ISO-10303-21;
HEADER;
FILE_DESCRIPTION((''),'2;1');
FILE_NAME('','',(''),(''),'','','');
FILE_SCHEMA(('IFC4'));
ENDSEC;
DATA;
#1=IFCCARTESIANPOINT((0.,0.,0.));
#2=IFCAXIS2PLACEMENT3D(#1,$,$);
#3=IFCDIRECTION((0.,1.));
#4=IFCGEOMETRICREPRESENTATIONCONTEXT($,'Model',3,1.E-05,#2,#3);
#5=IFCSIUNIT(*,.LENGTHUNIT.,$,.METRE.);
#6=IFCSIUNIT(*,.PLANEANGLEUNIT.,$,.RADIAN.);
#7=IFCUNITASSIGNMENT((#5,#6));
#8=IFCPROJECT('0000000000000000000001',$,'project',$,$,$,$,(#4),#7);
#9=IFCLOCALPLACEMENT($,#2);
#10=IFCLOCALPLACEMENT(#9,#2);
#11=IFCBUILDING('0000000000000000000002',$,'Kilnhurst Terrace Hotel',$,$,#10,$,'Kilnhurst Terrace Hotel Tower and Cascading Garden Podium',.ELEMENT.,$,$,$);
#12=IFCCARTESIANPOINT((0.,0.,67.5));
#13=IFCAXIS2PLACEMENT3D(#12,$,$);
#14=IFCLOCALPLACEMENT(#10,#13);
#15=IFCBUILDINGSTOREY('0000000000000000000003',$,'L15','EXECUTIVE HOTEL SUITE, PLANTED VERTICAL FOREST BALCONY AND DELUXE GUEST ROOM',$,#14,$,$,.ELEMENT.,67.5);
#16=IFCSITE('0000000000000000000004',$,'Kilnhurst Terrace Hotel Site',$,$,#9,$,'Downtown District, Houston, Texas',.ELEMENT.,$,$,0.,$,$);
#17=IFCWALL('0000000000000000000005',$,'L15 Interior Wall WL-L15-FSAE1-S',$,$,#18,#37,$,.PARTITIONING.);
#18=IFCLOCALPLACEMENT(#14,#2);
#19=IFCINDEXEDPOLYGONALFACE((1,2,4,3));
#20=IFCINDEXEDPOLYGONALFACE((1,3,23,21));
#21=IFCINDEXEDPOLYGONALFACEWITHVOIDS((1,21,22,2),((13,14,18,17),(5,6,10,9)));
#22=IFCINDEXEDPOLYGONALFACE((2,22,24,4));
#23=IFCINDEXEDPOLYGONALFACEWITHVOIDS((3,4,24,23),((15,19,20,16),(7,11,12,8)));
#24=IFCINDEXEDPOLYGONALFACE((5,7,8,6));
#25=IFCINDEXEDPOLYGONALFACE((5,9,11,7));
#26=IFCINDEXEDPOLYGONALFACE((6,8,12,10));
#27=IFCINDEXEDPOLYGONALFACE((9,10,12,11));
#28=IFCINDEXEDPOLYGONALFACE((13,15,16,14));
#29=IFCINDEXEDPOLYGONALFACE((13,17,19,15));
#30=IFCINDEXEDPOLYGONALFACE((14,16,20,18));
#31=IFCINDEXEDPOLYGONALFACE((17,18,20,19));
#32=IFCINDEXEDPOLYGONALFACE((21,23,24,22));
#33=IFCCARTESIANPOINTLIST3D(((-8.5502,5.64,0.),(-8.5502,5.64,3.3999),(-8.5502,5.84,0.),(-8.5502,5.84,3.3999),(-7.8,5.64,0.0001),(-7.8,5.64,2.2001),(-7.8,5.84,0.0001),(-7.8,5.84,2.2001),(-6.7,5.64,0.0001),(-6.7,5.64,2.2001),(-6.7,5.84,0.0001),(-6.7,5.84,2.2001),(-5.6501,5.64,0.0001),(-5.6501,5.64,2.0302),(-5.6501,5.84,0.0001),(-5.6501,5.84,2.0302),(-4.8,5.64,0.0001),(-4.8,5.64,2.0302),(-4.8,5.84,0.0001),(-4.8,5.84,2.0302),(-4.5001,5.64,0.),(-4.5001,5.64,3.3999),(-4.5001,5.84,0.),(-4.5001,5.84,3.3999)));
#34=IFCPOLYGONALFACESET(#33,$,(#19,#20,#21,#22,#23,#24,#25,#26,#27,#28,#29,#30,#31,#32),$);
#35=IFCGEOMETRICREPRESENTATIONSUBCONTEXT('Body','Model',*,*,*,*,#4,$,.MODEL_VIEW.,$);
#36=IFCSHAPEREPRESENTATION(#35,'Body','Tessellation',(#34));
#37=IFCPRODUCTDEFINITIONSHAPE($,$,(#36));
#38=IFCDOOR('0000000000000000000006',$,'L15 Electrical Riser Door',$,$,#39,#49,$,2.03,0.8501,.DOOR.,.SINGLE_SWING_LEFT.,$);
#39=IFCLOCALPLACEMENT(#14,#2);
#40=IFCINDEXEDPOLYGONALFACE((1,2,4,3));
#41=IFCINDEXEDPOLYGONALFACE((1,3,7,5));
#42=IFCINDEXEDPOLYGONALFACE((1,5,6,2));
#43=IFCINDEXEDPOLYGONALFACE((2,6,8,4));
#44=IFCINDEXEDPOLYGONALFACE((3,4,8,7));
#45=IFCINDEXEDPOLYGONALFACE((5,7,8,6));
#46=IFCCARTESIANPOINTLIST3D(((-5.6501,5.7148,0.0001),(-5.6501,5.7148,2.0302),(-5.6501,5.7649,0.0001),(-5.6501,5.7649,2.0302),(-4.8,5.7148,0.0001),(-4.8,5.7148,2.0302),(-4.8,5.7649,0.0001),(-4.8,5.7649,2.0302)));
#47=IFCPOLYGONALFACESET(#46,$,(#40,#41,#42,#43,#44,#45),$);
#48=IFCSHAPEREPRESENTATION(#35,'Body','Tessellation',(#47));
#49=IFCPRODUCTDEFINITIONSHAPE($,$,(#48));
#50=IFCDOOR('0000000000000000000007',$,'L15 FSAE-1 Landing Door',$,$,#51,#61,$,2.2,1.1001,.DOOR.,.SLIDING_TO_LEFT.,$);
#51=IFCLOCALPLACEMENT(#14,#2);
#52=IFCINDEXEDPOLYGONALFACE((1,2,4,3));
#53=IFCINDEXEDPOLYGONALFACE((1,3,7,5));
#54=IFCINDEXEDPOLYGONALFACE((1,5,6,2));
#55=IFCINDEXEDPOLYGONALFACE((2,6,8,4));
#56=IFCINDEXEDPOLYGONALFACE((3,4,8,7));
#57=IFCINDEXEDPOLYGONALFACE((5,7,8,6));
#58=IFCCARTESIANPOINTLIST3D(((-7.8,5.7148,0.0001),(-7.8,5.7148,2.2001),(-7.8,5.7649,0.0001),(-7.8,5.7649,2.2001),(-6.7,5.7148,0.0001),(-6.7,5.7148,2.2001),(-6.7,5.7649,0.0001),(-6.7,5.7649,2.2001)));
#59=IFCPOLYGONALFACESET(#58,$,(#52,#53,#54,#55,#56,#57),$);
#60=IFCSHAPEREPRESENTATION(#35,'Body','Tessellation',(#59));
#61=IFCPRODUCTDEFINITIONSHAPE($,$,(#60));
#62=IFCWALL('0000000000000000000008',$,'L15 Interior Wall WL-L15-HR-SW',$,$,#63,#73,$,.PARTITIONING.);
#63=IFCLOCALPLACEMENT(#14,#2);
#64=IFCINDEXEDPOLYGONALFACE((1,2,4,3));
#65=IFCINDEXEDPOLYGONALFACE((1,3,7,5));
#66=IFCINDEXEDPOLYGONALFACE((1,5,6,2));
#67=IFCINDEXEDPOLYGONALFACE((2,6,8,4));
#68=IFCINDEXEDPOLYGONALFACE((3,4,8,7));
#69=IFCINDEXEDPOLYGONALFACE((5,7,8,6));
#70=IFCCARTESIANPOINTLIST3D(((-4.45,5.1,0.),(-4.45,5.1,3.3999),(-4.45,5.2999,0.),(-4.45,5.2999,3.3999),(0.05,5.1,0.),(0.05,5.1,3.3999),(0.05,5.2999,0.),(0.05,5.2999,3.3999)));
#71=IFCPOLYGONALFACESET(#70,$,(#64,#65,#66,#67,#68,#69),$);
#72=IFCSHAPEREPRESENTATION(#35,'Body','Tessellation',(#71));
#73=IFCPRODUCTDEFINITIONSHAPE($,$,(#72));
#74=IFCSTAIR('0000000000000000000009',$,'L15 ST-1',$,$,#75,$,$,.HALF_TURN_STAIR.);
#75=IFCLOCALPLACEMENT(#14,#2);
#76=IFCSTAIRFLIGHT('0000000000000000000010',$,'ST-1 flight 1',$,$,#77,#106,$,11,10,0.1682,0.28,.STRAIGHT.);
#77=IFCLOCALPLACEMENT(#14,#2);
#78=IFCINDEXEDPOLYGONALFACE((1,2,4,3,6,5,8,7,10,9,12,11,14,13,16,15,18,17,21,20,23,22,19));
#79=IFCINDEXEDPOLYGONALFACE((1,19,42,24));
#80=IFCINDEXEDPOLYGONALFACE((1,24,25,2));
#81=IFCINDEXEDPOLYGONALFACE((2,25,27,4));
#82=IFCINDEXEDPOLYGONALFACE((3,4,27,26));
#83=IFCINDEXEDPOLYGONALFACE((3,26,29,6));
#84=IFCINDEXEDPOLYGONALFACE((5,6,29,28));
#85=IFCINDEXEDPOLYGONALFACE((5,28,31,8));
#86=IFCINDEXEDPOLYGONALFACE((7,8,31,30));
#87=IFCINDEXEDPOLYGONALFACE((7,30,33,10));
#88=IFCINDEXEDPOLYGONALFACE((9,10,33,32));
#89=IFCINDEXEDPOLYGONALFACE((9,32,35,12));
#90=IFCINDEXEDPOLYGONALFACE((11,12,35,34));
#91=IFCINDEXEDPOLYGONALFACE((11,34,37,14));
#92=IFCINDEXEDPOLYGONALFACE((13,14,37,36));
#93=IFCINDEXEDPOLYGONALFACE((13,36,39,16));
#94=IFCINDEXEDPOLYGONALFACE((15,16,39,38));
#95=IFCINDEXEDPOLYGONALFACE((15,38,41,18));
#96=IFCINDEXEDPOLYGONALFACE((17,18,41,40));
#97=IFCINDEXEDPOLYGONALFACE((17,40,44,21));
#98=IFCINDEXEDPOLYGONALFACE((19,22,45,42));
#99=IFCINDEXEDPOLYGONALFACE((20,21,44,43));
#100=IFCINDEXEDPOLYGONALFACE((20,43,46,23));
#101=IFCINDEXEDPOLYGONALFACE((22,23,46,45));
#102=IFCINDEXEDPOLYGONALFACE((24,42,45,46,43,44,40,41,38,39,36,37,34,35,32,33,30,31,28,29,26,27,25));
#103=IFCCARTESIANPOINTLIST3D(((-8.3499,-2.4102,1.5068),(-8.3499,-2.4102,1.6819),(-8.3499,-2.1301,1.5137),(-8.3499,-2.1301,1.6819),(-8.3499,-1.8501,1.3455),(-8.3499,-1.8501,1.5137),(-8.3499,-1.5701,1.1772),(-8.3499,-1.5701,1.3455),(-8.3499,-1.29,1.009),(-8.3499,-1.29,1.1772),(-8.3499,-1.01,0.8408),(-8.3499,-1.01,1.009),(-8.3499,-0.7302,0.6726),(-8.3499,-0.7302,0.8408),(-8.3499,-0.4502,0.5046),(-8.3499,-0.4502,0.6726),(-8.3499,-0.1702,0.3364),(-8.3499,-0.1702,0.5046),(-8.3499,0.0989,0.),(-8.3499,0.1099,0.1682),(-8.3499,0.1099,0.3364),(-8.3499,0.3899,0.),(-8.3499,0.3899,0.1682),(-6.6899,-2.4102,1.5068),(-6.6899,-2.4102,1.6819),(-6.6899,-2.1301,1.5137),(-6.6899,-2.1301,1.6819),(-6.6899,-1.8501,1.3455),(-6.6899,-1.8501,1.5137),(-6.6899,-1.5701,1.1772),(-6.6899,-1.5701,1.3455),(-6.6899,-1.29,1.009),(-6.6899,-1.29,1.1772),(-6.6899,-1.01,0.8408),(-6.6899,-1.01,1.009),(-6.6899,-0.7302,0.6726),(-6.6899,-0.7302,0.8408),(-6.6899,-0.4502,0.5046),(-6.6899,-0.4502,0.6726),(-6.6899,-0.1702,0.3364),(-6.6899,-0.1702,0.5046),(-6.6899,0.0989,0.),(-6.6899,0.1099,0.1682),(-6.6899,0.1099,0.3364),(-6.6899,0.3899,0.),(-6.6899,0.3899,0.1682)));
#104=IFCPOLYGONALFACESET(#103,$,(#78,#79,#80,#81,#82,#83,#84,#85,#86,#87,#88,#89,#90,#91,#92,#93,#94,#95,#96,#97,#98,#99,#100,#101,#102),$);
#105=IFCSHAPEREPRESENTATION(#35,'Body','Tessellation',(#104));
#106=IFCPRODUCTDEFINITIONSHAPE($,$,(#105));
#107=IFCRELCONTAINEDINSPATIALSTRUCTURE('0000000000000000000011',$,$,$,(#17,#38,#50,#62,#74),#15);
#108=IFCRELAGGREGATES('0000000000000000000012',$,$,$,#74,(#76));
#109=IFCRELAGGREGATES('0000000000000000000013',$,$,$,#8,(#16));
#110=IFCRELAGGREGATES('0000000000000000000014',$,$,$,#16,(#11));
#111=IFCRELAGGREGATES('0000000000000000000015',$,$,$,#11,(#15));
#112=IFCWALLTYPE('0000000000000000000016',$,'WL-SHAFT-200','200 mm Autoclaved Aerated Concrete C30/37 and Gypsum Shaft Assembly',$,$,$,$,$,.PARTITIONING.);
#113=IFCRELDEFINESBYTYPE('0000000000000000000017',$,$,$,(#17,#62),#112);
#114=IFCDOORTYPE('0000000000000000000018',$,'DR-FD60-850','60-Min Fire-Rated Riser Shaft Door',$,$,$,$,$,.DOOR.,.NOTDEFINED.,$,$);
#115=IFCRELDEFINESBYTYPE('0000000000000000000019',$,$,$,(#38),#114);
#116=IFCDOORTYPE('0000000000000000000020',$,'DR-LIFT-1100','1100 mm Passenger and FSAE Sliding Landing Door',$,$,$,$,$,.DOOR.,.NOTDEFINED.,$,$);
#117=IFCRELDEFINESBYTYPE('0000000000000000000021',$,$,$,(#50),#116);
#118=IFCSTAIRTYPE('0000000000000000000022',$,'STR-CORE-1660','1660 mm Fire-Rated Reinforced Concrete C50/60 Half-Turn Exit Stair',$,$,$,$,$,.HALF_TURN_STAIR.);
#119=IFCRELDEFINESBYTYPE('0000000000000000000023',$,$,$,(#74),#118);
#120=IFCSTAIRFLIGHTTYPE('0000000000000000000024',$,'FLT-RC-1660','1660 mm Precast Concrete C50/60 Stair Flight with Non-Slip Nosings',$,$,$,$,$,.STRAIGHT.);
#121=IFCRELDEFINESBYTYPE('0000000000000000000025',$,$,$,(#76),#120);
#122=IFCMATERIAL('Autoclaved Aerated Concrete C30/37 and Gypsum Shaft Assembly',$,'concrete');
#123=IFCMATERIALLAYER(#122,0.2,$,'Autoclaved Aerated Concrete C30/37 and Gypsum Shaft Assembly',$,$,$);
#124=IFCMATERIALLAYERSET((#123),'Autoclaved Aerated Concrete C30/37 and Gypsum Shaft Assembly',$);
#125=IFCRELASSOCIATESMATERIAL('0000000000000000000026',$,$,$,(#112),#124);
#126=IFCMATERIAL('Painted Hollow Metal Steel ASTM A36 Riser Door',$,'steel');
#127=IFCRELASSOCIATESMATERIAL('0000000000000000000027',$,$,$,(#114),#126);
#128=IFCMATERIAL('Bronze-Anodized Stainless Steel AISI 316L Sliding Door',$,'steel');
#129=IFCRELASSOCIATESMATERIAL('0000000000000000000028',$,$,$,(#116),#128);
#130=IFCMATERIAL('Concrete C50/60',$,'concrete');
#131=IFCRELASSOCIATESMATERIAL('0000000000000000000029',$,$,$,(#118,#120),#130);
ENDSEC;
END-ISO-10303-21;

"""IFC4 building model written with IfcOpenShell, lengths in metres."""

from ifc_helpers import new_model, si_unit, direction, frame, frame_2d, origin, place, context, subcontext, project, spatial, polyline, rectangle, outline, extrude, material, layer, layer_set, type_object, element, fill, aggregate, save


model = new_model("IFC4")

# Units and contexts
model_context = context("Model", 3, precision=1e-05, world=origin(), true_north=direction((0.0, 1.0)))
body_context = subcontext(model_context, "Body", "Model", "MODEL_VIEW")
ifc_project = project(units=[si_unit("LENGTHUNIT", "METRE"), si_unit("PLANEANGLEUNIT", "RADIAN")], contexts=[model_context])

# Site, building, storey
site_placement = place(None, origin())
site = spatial("IfcSite", under=ifc_project, at=site_placement, Name="Kilnhurst Terrace Hotel Site", LongName="Downtown District, Houston, Texas", CompositionType="ELEMENT", RefElevation=0.0)
building_placement = place(site_placement, origin())
building = spatial("IfcBuilding", under=site, at=building_placement, Name="Kilnhurst Terrace Hotel", LongName="Kilnhurst Terrace Hotel Tower and Cascading Garden Podium", CompositionType="ELEMENT")
storey_placement = place(building_placement, frame((0.0, 0.0, 67.5)))
storey = spatial("IfcBuildingStorey", under=building, at=storey_placement, Name="L15", Description="EXECUTIVE HOTEL SUITE, PLANTED VERTICAL FOREST BALCONY AND DELUXE GUEST ROOM", CompositionType="ELEMENT", Elevation=67.5)

# Shared definitions
ifc_material_1 = material(Name="Concrete C50/60", Category="concrete")

# Wall, openings, doors
ifc_material_2 = material(Name="Autoclaved Aerated Concrete C30/37 and Gypsum Shaft Assembly", Category="concrete")
ifc_layer_1 = layer(ifc_material_2, 0.2, Name="Autoclaved Aerated Concrete C30/37 and Gypsum Shaft Assembly")
ifc_layer_set_1 = layer_set([ifc_layer_1], Name="Autoclaved Aerated Concrete C30/37 and Gypsum Shaft Assembly")
wall_type_1 = type_object("IfcWallType", Name="WL-SHAFT-200", Description="200 mm Autoclaved Aerated Concrete C30/37 and Gypsum Shaft Assembly", PredefinedType="PARTITIONING", material=ifc_layer_set_1)
wall_1_placement = place(storey_placement, frame((-8.55, 5.74, 0.0), z_axis=(0.0, 0.0, 1.0), x_axis=(1.0, 0.0, 0.0)))
wall_1 = element("IfcWall", 1, at=wall_1_placement, inside=storey, type_object=wall_type_1, Name="L15 Interior Wall WL-L15-FSAE1-S", PredefinedType="PARTITIONING", context=body_context, shape_type="SweptSolid", body=[
    extrude(rectangle(XDim=4.05, YDim=0.2, at=frame_2d((2.0249, 0.0))), origin(), (0.0, 0.0, 1.0), 3.3999),
])
opening_1_placement = place(wall_1_placement, frame((0.75, 0.0, 0.0)))
opening_1 = element("IfcOpeningElement", 2, at=opening_1_placement, cuts=wall_1, PredefinedType="OPENING", context=body_context, shape_type="SweptSolid", body=[
    extrude(rectangle(XDim=1.1001, YDim=2.2, at=frame_2d((0.55, 1.1001))), frame((0.0, 0.1099, 0.0), z_axis=(0.0, -1.0, 0.0), x_axis=(1.0, 0.0, 0.0)), (0.0, 0.0, 1.0), 0.22),
])
opening_2_placement = place(wall_1_placement, frame((2.8999, 0.0, 0.0)))
opening_2 = element("IfcOpeningElement", 3, at=opening_2_placement, cuts=wall_1, PredefinedType="OPENING", context=body_context, shape_type="SweptSolid", body=[
    extrude(rectangle(XDim=0.8501, YDim=2.03, at=frame_2d((0.425, 1.0151))), frame((0.0, 0.1099, 0.0), z_axis=(0.0, -1.0, 0.0), x_axis=(1.0, 0.0, 0.0)), (0.0, 0.0, 1.0), 0.22),
])
ifc_material_3 = material(Name="Painted Hollow Metal Steel ASTM A36 Riser Door", Category="steel")
door_type_1 = type_object("IfcDoorType", Name="DR-FD60-850", Description="60-Min Fire-Rated Riser Shaft Door", OperationType="NOTDEFINED", PredefinedType="DOOR", material=ifc_material_3)
door_1_placement = place(opening_2_placement, origin())
door_1 = element("IfcDoor", 4, at=door_1_placement, inside=storey, type_object=door_type_1, Name="L15 Electrical Riser Door", OperationType="SINGLE_SWING_LEFT", OverallHeight=2.03, OverallWidth=0.8501, PredefinedType="DOOR", context=body_context, shape_type="SweptSolid", body=[
    extrude(rectangle(XDim=0.8501, YDim=2.03, at=frame_2d((0.425, 1.0151))), frame((0.0, 0.0249, 0.0), z_axis=(0.0, -1.0, 0.0), x_axis=(1.0, 0.0, 0.0)), (0.0, 0.0, 1.0), 0.05),
])
fill(opening_2, door_1)
ifc_material_4 = material(Name="Bronze-Anodized Stainless Steel AISI 316L Sliding Door", Category="steel")
door_type_2 = type_object("IfcDoorType", Name="DR-LIFT-1100", Description="1100 mm Passenger and FSAE Sliding Landing Door", OperationType="NOTDEFINED", PredefinedType="DOOR", material=ifc_material_4)
door_2_placement = place(opening_1_placement, origin())
door_2 = element("IfcDoor", 5, at=door_2_placement, inside=storey, type_object=door_type_2, Name="L15 FSAE-1 Landing Door", OperationType="SLIDING_TO_LEFT", OverallHeight=2.2, OverallWidth=1.1001, PredefinedType="DOOR", context=body_context, shape_type="SweptSolid", body=[
    extrude(rectangle(XDim=1.1001, YDim=2.2, at=frame_2d((0.55, 1.1001))), frame((0.0, 0.0249, 0.0), z_axis=(0.0, -1.0, 0.0), x_axis=(1.0, 0.0, 0.0)), (0.0, 0.0, 1.0), 0.05),
])
fill(opening_1, door_2)

# Wall
wall_2_placement = place(storey_placement, frame((-4.45, 5.2, 0.0), z_axis=(0.0, 0.0, 1.0), x_axis=(1.0, 0.0, 0.0)))
element("IfcWall", 6, at=wall_2_placement, inside=storey, type_object=wall_type_1, Name="L15 Interior Wall WL-L15-HR-SW", PredefinedType="PARTITIONING", context=body_context, shape_type="SweptSolid", body=[
    extrude(rectangle(XDim=4.5, YDim=0.2, at=frame_2d((2.25, 0.0))), origin(), (0.0, 0.0, 1.0), 3.3999),
])

# Stair, stair flight
stair_type = type_object("IfcStairType", Name="STR-CORE-1660", Description="1660 mm Fire-Rated Reinforced Concrete C50/60 Half-Turn Exit Stair", PredefinedType="HALF_TURN_STAIR", material=ifc_material_1)
stair_placement = place(storey_placement, origin())
stair = element("IfcStair", 7, at=stair_placement, inside=storey, type_object=stair_type, Name="L15 ST-1", PredefinedType="HALF_TURN_STAIR")
stair_flight_type = type_object("IfcStairFlightType", Name="FLT-RC-1660", Description="1660 mm Precast Concrete C50/60 Stair Flight with Non-Slip Nosings", PredefinedType="STRAIGHT", material=ifc_material_1)
stair_flight_placement = place(storey_placement, frame((-7.52, 0.3899, 0.0), z_axis=(0.0, 0.0, 1.0), x_axis=(0.0, -1.0, 0.0)))
stair_flight = element("IfcStairFlight", 8, at=stair_flight_placement, type_object=stair_flight_type, Name="ST-1 flight 1", NumberOfRisers=11, NumberOfTreads=10, PredefinedType="STRAIGHT", RiserHeight=0.1682, TreadLength=0.28, context=body_context, shape_type="SweptSolid", body=[
    extrude(outline(polyline([(0.0, 0.0), (0.0, 0.1682), (0.28, 0.1682), (0.28, 0.3364), (0.5601, 0.3364), (0.5601, 0.5046), (0.8401, 0.5046), (0.8401, 0.6726), (1.1201, 0.6726), (1.1201, 0.8408), (1.3999, 0.8408), (1.3999, 1.009), (1.6799, 1.009), (1.6799, 1.1772), (1.96, 1.1772), (1.96, 1.3455), (2.24, 1.3455), (2.24, 1.5137), (2.52, 1.5137), (2.52, 1.6819), (2.8, 1.6819), (2.8, 1.8501), (2.8, 1.5068), (0.291, 0.0), (0.0, 0.0)])), frame((0.0, 0.8301, 0.0), z_axis=(0.0, -1.0, 0.0), x_axis=(1.0, 0.0, 0.0)), (0.0, 0.0, 1.0), 1.6599),
])
aggregate(stair, [stair_flight])

save(model, "model.ifc")
